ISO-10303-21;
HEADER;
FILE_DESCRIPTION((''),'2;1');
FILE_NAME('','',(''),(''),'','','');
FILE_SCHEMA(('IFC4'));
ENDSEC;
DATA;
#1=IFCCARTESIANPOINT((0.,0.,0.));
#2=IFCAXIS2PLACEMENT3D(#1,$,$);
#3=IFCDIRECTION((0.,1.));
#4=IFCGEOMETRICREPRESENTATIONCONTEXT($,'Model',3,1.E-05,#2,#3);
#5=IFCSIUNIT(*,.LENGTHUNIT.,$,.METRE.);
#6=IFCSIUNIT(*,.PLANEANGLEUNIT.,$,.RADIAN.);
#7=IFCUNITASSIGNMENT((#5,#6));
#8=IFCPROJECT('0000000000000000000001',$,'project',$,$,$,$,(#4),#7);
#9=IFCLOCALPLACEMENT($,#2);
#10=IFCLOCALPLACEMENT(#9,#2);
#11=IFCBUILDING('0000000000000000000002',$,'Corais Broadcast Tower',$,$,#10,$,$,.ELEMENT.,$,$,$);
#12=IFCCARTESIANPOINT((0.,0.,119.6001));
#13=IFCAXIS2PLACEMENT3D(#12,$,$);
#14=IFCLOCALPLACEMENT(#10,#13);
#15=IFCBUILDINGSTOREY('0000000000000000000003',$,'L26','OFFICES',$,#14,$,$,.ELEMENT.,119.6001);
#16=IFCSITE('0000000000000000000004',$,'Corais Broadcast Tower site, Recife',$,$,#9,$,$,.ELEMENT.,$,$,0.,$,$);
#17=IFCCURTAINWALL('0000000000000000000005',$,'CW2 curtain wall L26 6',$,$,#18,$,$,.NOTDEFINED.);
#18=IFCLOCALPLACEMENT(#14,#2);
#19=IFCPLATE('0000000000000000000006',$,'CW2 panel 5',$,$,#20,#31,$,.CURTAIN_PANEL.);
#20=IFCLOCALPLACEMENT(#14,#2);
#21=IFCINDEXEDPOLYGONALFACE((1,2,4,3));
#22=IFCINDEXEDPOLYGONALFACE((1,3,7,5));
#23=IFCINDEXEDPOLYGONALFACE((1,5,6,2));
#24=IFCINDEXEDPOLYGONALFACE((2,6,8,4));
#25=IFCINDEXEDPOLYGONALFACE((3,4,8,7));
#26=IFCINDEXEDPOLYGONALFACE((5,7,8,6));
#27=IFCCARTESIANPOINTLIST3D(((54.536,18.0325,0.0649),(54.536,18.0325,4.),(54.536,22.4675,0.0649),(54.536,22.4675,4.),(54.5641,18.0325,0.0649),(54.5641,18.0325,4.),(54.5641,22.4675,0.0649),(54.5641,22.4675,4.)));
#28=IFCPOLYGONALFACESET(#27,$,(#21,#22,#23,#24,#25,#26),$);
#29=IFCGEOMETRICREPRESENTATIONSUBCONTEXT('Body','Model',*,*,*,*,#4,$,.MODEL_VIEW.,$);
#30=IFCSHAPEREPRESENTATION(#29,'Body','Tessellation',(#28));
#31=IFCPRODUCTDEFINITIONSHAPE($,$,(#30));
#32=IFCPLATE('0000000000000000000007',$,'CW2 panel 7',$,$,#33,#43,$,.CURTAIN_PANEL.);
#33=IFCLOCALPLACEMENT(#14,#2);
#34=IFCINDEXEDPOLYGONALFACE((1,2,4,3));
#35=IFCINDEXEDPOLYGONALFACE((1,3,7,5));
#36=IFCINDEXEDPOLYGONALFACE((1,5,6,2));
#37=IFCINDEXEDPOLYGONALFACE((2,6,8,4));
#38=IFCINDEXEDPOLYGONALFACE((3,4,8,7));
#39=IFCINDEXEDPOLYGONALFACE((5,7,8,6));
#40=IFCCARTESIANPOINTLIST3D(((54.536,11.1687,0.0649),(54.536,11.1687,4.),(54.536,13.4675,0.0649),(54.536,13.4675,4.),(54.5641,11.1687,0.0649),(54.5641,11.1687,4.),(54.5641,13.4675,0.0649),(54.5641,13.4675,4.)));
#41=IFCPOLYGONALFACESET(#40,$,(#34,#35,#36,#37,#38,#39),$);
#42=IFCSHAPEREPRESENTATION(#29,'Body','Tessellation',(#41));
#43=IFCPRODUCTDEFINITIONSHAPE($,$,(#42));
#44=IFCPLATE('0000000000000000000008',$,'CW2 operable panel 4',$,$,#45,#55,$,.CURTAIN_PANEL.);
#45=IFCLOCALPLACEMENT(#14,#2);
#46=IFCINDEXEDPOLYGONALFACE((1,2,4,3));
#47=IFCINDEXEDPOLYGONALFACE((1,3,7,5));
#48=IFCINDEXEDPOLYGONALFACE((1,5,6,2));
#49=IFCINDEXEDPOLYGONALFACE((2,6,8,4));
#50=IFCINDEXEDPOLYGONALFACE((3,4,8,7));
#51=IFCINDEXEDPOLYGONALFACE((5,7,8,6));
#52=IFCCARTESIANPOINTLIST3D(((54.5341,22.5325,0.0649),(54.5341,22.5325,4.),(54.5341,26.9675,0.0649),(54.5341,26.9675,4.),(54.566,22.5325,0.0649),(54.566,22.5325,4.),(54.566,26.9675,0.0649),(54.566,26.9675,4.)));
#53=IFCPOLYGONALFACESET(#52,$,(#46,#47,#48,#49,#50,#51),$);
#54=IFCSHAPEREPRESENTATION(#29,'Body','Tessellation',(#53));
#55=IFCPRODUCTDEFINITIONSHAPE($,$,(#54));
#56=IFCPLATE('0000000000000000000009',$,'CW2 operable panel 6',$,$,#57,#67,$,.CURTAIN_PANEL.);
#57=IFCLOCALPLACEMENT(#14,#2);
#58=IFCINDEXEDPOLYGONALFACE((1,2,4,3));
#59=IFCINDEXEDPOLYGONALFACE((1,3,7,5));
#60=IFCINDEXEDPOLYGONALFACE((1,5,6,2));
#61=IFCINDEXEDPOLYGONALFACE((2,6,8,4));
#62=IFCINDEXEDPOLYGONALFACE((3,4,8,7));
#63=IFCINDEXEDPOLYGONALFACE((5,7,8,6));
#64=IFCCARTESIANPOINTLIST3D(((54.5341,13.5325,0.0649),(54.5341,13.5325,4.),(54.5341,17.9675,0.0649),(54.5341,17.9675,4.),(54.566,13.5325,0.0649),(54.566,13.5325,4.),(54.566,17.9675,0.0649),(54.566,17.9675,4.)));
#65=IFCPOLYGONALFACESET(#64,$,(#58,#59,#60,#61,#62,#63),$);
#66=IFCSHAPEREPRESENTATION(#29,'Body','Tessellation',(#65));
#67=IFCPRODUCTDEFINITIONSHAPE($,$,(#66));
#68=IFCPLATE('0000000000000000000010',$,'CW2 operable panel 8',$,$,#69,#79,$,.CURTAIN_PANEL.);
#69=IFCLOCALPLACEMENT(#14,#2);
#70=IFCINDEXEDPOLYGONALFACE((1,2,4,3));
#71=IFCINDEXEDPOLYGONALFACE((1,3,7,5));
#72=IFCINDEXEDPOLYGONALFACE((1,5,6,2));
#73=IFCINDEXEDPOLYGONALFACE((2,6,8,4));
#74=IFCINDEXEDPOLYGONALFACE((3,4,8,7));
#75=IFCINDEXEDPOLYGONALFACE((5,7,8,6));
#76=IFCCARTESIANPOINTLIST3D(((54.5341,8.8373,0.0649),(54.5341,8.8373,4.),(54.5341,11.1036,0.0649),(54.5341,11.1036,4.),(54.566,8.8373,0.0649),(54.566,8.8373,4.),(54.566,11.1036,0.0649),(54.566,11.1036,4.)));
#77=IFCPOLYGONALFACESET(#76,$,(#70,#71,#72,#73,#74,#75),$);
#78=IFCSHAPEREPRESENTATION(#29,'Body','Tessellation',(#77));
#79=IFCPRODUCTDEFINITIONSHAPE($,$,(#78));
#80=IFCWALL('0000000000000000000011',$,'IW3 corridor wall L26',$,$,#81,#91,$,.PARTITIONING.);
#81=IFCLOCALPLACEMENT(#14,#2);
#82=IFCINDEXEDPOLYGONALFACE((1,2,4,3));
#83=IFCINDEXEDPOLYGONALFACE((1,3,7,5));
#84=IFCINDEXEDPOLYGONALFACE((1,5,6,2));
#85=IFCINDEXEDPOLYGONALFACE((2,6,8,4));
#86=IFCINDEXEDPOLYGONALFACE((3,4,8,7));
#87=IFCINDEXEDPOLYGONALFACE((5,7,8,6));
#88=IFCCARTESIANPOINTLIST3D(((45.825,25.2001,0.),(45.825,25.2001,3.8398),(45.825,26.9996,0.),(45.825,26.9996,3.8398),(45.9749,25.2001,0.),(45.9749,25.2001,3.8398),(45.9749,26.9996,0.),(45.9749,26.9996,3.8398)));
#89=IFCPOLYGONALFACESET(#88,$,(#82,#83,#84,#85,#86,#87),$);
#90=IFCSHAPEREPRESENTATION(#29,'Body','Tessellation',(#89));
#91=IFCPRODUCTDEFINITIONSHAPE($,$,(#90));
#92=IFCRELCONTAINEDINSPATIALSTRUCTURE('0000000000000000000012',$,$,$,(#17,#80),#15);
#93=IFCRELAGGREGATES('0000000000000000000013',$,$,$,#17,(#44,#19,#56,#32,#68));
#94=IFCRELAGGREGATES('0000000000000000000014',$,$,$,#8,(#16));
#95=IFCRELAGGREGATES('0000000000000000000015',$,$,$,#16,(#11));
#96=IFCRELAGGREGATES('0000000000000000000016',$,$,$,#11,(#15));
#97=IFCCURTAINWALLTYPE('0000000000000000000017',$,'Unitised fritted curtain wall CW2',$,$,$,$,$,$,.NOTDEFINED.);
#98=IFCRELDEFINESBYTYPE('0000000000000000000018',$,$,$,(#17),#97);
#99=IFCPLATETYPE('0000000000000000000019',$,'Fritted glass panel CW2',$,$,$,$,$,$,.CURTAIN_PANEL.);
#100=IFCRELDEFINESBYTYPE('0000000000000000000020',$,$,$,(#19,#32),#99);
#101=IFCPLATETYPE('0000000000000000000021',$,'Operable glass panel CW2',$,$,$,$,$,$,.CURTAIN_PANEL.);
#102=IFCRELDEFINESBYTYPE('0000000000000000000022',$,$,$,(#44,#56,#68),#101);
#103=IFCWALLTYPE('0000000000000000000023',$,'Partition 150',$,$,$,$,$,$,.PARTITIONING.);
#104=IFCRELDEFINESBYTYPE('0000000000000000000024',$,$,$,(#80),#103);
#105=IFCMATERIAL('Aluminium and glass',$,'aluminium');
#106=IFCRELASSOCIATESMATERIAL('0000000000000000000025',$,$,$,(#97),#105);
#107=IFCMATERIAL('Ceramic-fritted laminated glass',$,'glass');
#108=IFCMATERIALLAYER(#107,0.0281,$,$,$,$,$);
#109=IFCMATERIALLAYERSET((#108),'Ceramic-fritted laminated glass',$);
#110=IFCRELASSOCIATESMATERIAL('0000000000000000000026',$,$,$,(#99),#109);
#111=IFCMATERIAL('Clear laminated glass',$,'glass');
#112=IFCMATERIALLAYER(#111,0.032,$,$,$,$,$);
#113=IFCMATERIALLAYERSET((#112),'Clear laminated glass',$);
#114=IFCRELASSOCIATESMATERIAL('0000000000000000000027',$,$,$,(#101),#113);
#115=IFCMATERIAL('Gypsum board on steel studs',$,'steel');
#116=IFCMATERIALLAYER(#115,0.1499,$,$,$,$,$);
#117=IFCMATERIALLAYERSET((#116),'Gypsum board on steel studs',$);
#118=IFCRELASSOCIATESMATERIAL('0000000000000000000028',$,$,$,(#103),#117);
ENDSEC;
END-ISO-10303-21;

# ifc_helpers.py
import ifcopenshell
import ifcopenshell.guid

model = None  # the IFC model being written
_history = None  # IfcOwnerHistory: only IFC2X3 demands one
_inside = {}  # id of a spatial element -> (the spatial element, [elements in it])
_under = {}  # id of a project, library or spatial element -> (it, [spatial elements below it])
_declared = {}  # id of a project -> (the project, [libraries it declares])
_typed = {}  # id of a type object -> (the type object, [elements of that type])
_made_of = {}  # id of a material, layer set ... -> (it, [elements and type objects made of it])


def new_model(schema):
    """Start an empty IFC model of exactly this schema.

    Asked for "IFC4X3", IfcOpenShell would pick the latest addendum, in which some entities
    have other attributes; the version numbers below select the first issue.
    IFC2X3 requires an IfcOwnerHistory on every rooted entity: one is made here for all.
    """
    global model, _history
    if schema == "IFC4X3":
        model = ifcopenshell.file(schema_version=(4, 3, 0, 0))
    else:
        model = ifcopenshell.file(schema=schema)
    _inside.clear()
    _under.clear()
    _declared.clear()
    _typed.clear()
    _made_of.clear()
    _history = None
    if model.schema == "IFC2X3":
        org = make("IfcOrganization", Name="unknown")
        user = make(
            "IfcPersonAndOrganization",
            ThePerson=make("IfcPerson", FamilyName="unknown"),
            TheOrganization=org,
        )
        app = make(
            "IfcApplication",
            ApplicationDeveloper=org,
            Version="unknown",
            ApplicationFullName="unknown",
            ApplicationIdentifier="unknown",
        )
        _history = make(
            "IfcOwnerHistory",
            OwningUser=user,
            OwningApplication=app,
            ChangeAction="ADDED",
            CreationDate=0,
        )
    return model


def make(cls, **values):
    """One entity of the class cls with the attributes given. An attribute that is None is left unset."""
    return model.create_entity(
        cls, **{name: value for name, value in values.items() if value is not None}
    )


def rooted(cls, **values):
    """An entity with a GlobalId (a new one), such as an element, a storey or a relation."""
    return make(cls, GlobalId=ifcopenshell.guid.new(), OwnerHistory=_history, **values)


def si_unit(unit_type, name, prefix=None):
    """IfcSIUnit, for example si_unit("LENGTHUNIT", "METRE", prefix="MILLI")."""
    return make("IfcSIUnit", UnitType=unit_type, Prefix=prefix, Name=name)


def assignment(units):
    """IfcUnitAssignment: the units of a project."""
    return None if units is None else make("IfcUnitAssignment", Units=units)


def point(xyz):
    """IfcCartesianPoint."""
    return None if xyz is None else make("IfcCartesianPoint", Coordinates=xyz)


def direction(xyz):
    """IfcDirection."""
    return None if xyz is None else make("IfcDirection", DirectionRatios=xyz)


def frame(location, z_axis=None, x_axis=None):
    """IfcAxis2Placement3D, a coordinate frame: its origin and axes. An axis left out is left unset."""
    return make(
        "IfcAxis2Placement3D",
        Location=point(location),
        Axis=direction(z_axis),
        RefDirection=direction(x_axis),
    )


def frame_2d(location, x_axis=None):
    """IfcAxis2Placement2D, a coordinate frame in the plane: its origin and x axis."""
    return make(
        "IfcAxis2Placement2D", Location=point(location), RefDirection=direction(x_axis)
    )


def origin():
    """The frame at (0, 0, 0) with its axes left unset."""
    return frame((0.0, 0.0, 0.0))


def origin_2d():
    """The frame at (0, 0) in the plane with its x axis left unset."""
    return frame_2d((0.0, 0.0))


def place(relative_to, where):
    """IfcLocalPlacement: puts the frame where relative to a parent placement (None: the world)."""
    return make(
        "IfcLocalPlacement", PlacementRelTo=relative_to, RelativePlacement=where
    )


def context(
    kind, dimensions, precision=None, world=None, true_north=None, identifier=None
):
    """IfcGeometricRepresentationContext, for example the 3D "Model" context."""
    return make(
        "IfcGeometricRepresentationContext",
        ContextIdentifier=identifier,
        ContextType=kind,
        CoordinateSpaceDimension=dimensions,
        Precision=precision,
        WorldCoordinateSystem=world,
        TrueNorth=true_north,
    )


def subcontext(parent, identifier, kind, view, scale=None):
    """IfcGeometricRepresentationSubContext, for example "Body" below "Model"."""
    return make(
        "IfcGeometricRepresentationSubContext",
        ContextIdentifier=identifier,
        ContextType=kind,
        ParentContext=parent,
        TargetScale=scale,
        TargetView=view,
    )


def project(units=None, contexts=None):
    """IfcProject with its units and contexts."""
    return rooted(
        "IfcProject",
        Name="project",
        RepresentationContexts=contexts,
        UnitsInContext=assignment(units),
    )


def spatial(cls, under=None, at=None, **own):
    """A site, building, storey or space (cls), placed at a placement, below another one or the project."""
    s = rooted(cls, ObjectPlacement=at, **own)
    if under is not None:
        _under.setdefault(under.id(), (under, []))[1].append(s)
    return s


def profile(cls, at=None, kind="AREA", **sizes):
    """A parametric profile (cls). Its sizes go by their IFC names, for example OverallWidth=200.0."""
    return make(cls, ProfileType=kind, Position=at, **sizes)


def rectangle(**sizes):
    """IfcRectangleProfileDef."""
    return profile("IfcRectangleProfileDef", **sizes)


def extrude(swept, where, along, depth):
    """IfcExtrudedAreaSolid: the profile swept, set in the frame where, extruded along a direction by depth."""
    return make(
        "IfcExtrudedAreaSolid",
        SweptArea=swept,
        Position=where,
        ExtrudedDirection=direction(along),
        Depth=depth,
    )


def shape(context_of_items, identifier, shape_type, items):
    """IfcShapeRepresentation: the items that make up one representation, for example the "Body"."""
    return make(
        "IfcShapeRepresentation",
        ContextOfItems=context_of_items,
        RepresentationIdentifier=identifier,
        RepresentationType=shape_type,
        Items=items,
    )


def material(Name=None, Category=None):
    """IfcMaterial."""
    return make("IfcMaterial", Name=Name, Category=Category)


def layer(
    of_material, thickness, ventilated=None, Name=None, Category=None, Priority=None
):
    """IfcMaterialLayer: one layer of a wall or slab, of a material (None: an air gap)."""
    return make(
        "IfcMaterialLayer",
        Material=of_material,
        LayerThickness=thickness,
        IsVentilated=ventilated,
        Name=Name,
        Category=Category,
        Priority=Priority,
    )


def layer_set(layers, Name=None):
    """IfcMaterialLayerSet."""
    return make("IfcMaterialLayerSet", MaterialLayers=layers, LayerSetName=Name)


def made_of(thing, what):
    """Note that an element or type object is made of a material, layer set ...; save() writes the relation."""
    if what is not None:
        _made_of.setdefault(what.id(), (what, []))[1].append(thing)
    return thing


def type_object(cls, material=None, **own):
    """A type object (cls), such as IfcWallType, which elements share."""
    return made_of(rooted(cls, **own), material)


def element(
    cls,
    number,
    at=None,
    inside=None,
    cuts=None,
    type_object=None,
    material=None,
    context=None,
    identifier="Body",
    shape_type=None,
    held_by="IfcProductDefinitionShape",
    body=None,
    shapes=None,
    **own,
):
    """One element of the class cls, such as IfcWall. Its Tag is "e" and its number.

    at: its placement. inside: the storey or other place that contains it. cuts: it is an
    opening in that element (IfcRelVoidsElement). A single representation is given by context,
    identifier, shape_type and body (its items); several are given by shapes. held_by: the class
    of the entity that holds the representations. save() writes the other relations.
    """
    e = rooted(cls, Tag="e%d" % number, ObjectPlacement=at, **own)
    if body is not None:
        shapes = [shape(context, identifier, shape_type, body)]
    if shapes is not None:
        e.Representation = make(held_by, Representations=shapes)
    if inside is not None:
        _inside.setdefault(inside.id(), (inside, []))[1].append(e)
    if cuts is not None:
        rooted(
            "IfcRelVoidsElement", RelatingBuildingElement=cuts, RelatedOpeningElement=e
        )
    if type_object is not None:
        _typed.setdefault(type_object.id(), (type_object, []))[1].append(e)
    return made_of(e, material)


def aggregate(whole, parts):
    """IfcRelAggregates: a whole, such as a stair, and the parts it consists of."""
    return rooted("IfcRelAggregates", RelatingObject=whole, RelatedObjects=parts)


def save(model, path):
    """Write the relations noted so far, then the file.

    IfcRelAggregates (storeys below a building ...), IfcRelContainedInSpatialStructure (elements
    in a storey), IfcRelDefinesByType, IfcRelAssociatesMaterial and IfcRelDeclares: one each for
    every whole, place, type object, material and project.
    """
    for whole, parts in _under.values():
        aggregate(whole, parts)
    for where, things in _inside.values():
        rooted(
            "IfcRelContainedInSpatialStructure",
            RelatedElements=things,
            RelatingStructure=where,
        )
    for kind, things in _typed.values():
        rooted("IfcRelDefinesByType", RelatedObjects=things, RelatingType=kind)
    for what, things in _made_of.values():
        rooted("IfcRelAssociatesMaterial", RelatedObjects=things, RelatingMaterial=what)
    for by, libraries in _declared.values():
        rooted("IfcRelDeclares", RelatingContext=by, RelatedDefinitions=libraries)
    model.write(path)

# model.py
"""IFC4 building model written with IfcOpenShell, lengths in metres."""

from ifc_helpers import new_model, si_unit, direction, frame, frame_2d, origin, origin_2d, place, context, subcontext, project, spatial, rectangle, extrude, material, layer, layer_set, type_object, element, aggregate, save


model = new_model("IFC4")

# Units and contexts
model_context = context("Model", 3, precision=1e-05, world=origin(), true_north=direction((0.0, 1.0)))
body_context = subcontext(model_context, "Body", "Model", "MODEL_VIEW")
ifc_project = project(units=[si_unit("LENGTHUNIT", "METRE"), si_unit("PLANEANGLEUNIT", "RADIAN")], contexts=[model_context])

# Site, building, storey
site_placement = place(None, origin())
site = spatial("IfcSite", under=ifc_project, at=site_placement, Name="Corais Broadcast Tower site, Recife", CompositionType="ELEMENT", RefElevation=0.0)
building_placement = place(site_placement, origin())
building = spatial("IfcBuilding", under=site, at=building_placement, Name="Corais Broadcast Tower", CompositionType="ELEMENT")
storey_placement = place(building_placement, frame((0.0, 0.0, 119.6001)))
storey = spatial("IfcBuildingStorey", under=building, at=storey_placement, Name="L26", Description="OFFICES", CompositionType="ELEMENT", Elevation=119.6001)

# Curtain wall
ifc_material_1 = material(Name="Aluminium and glass", Category="aluminium")
curtain_wall_type = type_object("IfcCurtainWallType", Name="Unitised fritted curtain wall CW2", PredefinedType="NOTDEFINED", material=ifc_material_1)
curtain_wall_placement = place(storey_placement, origin())
curtain_wall = element("IfcCurtainWall", 1, at=curtain_wall_placement, inside=storey, type_object=curtain_wall_type, Name="CW2 curtain wall L26 6", PredefinedType="NOTDEFINED")

# Plates
ifc_material_2 = material(Name="Ceramic-fritted laminated glass", Category="glass")
ifc_layer_1 = layer(ifc_material_2, 0.0281)
ifc_layer_set_1 = layer_set([ifc_layer_1], Name="Ceramic-fritted laminated glass")
plate_type_1 = type_object("IfcPlateType", Name="Fritted glass panel CW2", PredefinedType="CURTAIN_PANEL", material=ifc_layer_set_1)
plate_1_placement = place(storey_placement, frame((54.55, 20.25, 0.0649), z_axis=(0.0, 0.0, 1.0), x_axis=(0.0, -1.0, 0.0)))
plate_1 = element("IfcPlate", 2, at=plate_1_placement, type_object=plate_type_1, Name="CW2 panel 5", PredefinedType="CURTAIN_PANEL", context=body_context, shape_type="SweptSolid", body=[
    extrude(rectangle(XDim=4.4351, YDim=0.0281, at=origin_2d()), origin(), (0.0, 0.0, 1.0), 3.9351),
])
plate_2_placement = place(storey_placement, frame((54.55, 12.3181, 0.0649), z_axis=(0.0, 0.0, 1.0), x_axis=(0.0, -1.0, 0.0)))
plate_2 = element("IfcPlate", 3, at=plate_2_placement, type_object=plate_type_1, Name="CW2 panel 7", PredefinedType="CURTAIN_PANEL", context=body_context, shape_type="SweptSolid", body=[
    extrude(rectangle(XDim=2.2988, YDim=0.0281, at=origin_2d()), origin(), (0.0, 0.0, 1.0), 3.9351),
])
ifc_material_3 = material(Name="Clear laminated glass", Category="glass")
ifc_layer_2 = layer(ifc_material_3, 0.032)
ifc_layer_set_2 = layer_set([ifc_layer_2], Name="Clear laminated glass")
plate_type_2 = type_object("IfcPlateType", Name="Operable glass panel CW2", PredefinedType="CURTAIN_PANEL", material=ifc_layer_set_2)
plate_3_placement = place(storey_placement, frame((54.55, 24.75, 0.0649), z_axis=(0.0, 0.0, 1.0), x_axis=(0.0, -1.0, 0.0)))
plate_3 = element("IfcPlate", 4, at=plate_3_placement, type_object=plate_type_2, Name="CW2 operable panel 4", PredefinedType="CURTAIN_PANEL", context=body_context, shape_type="SweptSolid", body=[
    extrude(rectangle(XDim=4.4351, YDim=0.032, at=origin_2d()), origin(), (0.0, 0.0, 1.0), 3.9351),
])
plate_4_placement = place(storey_placement, frame((54.55, 15.75, 0.0649), z_axis=(0.0, 0.0, 1.0), x_axis=(0.0, -1.0, 0.0)))
plate_4 = element("IfcPlate", 5, at=plate_4_placement, type_object=plate_type_2, Name="CW2 operable panel 6", PredefinedType="CURTAIN_PANEL", context=body_context, shape_type="SweptSolid", body=[
    extrude(rectangle(XDim=4.4351, YDim=0.032, at=origin_2d()), origin(), (0.0, 0.0, 1.0), 3.9351),
])
plate_5_placement = place(storey_placement, frame((54.55, 9.9705, 0.0649), z_axis=(0.0, 0.0, 1.0), x_axis=(0.0, -1.0, 0.0)))
plate_5 = element("IfcPlate", 6, at=plate_5_placement, type_object=plate_type_2, Name="CW2 operable panel 8", PredefinedType="CURTAIN_PANEL", context=body_context, shape_type="SweptSolid", body=[
    extrude(rectangle(XDim=2.2664, YDim=0.032, at=origin_2d()), origin(), (0.0, 0.0, 1.0), 3.9351),
])
aggregate(curtain_wall, [plate_3, plate_1, plate_4, plate_2, plate_5])

# Wall
ifc_material_4 = material(Name="Gypsum board on steel studs", Category="steel")
ifc_layer_3 = layer(ifc_material_4, 0.1499)
ifc_layer_set_3 = layer_set([ifc_layer_3], Name="Gypsum board on steel studs")
wall_type = type_object("IfcWallType", Name="Partition 150", PredefinedType="PARTITIONING", material=ifc_layer_set_3)
wall_placement = place(storey_placement, frame((45.8999, 25.2, 0.0), z_axis=(0.0, 0.0, 1.0), x_axis=(0.0, 1.0, 0.0)))
element("IfcWall", 7, at=wall_placement, inside=storey, type_object=wall_type, Name="IW3 corridor wall L26", PredefinedType="PARTITIONING", context=body_context, shape_type="SweptSolid", body=[
    extrude(rectangle(XDim=1.7996, YDim=0.1499, at=frame_2d((0.8999, 0.0))), origin(), (0.0, 0.0, 1.0), 3.8398),
])

save(model, "model.ifc")
